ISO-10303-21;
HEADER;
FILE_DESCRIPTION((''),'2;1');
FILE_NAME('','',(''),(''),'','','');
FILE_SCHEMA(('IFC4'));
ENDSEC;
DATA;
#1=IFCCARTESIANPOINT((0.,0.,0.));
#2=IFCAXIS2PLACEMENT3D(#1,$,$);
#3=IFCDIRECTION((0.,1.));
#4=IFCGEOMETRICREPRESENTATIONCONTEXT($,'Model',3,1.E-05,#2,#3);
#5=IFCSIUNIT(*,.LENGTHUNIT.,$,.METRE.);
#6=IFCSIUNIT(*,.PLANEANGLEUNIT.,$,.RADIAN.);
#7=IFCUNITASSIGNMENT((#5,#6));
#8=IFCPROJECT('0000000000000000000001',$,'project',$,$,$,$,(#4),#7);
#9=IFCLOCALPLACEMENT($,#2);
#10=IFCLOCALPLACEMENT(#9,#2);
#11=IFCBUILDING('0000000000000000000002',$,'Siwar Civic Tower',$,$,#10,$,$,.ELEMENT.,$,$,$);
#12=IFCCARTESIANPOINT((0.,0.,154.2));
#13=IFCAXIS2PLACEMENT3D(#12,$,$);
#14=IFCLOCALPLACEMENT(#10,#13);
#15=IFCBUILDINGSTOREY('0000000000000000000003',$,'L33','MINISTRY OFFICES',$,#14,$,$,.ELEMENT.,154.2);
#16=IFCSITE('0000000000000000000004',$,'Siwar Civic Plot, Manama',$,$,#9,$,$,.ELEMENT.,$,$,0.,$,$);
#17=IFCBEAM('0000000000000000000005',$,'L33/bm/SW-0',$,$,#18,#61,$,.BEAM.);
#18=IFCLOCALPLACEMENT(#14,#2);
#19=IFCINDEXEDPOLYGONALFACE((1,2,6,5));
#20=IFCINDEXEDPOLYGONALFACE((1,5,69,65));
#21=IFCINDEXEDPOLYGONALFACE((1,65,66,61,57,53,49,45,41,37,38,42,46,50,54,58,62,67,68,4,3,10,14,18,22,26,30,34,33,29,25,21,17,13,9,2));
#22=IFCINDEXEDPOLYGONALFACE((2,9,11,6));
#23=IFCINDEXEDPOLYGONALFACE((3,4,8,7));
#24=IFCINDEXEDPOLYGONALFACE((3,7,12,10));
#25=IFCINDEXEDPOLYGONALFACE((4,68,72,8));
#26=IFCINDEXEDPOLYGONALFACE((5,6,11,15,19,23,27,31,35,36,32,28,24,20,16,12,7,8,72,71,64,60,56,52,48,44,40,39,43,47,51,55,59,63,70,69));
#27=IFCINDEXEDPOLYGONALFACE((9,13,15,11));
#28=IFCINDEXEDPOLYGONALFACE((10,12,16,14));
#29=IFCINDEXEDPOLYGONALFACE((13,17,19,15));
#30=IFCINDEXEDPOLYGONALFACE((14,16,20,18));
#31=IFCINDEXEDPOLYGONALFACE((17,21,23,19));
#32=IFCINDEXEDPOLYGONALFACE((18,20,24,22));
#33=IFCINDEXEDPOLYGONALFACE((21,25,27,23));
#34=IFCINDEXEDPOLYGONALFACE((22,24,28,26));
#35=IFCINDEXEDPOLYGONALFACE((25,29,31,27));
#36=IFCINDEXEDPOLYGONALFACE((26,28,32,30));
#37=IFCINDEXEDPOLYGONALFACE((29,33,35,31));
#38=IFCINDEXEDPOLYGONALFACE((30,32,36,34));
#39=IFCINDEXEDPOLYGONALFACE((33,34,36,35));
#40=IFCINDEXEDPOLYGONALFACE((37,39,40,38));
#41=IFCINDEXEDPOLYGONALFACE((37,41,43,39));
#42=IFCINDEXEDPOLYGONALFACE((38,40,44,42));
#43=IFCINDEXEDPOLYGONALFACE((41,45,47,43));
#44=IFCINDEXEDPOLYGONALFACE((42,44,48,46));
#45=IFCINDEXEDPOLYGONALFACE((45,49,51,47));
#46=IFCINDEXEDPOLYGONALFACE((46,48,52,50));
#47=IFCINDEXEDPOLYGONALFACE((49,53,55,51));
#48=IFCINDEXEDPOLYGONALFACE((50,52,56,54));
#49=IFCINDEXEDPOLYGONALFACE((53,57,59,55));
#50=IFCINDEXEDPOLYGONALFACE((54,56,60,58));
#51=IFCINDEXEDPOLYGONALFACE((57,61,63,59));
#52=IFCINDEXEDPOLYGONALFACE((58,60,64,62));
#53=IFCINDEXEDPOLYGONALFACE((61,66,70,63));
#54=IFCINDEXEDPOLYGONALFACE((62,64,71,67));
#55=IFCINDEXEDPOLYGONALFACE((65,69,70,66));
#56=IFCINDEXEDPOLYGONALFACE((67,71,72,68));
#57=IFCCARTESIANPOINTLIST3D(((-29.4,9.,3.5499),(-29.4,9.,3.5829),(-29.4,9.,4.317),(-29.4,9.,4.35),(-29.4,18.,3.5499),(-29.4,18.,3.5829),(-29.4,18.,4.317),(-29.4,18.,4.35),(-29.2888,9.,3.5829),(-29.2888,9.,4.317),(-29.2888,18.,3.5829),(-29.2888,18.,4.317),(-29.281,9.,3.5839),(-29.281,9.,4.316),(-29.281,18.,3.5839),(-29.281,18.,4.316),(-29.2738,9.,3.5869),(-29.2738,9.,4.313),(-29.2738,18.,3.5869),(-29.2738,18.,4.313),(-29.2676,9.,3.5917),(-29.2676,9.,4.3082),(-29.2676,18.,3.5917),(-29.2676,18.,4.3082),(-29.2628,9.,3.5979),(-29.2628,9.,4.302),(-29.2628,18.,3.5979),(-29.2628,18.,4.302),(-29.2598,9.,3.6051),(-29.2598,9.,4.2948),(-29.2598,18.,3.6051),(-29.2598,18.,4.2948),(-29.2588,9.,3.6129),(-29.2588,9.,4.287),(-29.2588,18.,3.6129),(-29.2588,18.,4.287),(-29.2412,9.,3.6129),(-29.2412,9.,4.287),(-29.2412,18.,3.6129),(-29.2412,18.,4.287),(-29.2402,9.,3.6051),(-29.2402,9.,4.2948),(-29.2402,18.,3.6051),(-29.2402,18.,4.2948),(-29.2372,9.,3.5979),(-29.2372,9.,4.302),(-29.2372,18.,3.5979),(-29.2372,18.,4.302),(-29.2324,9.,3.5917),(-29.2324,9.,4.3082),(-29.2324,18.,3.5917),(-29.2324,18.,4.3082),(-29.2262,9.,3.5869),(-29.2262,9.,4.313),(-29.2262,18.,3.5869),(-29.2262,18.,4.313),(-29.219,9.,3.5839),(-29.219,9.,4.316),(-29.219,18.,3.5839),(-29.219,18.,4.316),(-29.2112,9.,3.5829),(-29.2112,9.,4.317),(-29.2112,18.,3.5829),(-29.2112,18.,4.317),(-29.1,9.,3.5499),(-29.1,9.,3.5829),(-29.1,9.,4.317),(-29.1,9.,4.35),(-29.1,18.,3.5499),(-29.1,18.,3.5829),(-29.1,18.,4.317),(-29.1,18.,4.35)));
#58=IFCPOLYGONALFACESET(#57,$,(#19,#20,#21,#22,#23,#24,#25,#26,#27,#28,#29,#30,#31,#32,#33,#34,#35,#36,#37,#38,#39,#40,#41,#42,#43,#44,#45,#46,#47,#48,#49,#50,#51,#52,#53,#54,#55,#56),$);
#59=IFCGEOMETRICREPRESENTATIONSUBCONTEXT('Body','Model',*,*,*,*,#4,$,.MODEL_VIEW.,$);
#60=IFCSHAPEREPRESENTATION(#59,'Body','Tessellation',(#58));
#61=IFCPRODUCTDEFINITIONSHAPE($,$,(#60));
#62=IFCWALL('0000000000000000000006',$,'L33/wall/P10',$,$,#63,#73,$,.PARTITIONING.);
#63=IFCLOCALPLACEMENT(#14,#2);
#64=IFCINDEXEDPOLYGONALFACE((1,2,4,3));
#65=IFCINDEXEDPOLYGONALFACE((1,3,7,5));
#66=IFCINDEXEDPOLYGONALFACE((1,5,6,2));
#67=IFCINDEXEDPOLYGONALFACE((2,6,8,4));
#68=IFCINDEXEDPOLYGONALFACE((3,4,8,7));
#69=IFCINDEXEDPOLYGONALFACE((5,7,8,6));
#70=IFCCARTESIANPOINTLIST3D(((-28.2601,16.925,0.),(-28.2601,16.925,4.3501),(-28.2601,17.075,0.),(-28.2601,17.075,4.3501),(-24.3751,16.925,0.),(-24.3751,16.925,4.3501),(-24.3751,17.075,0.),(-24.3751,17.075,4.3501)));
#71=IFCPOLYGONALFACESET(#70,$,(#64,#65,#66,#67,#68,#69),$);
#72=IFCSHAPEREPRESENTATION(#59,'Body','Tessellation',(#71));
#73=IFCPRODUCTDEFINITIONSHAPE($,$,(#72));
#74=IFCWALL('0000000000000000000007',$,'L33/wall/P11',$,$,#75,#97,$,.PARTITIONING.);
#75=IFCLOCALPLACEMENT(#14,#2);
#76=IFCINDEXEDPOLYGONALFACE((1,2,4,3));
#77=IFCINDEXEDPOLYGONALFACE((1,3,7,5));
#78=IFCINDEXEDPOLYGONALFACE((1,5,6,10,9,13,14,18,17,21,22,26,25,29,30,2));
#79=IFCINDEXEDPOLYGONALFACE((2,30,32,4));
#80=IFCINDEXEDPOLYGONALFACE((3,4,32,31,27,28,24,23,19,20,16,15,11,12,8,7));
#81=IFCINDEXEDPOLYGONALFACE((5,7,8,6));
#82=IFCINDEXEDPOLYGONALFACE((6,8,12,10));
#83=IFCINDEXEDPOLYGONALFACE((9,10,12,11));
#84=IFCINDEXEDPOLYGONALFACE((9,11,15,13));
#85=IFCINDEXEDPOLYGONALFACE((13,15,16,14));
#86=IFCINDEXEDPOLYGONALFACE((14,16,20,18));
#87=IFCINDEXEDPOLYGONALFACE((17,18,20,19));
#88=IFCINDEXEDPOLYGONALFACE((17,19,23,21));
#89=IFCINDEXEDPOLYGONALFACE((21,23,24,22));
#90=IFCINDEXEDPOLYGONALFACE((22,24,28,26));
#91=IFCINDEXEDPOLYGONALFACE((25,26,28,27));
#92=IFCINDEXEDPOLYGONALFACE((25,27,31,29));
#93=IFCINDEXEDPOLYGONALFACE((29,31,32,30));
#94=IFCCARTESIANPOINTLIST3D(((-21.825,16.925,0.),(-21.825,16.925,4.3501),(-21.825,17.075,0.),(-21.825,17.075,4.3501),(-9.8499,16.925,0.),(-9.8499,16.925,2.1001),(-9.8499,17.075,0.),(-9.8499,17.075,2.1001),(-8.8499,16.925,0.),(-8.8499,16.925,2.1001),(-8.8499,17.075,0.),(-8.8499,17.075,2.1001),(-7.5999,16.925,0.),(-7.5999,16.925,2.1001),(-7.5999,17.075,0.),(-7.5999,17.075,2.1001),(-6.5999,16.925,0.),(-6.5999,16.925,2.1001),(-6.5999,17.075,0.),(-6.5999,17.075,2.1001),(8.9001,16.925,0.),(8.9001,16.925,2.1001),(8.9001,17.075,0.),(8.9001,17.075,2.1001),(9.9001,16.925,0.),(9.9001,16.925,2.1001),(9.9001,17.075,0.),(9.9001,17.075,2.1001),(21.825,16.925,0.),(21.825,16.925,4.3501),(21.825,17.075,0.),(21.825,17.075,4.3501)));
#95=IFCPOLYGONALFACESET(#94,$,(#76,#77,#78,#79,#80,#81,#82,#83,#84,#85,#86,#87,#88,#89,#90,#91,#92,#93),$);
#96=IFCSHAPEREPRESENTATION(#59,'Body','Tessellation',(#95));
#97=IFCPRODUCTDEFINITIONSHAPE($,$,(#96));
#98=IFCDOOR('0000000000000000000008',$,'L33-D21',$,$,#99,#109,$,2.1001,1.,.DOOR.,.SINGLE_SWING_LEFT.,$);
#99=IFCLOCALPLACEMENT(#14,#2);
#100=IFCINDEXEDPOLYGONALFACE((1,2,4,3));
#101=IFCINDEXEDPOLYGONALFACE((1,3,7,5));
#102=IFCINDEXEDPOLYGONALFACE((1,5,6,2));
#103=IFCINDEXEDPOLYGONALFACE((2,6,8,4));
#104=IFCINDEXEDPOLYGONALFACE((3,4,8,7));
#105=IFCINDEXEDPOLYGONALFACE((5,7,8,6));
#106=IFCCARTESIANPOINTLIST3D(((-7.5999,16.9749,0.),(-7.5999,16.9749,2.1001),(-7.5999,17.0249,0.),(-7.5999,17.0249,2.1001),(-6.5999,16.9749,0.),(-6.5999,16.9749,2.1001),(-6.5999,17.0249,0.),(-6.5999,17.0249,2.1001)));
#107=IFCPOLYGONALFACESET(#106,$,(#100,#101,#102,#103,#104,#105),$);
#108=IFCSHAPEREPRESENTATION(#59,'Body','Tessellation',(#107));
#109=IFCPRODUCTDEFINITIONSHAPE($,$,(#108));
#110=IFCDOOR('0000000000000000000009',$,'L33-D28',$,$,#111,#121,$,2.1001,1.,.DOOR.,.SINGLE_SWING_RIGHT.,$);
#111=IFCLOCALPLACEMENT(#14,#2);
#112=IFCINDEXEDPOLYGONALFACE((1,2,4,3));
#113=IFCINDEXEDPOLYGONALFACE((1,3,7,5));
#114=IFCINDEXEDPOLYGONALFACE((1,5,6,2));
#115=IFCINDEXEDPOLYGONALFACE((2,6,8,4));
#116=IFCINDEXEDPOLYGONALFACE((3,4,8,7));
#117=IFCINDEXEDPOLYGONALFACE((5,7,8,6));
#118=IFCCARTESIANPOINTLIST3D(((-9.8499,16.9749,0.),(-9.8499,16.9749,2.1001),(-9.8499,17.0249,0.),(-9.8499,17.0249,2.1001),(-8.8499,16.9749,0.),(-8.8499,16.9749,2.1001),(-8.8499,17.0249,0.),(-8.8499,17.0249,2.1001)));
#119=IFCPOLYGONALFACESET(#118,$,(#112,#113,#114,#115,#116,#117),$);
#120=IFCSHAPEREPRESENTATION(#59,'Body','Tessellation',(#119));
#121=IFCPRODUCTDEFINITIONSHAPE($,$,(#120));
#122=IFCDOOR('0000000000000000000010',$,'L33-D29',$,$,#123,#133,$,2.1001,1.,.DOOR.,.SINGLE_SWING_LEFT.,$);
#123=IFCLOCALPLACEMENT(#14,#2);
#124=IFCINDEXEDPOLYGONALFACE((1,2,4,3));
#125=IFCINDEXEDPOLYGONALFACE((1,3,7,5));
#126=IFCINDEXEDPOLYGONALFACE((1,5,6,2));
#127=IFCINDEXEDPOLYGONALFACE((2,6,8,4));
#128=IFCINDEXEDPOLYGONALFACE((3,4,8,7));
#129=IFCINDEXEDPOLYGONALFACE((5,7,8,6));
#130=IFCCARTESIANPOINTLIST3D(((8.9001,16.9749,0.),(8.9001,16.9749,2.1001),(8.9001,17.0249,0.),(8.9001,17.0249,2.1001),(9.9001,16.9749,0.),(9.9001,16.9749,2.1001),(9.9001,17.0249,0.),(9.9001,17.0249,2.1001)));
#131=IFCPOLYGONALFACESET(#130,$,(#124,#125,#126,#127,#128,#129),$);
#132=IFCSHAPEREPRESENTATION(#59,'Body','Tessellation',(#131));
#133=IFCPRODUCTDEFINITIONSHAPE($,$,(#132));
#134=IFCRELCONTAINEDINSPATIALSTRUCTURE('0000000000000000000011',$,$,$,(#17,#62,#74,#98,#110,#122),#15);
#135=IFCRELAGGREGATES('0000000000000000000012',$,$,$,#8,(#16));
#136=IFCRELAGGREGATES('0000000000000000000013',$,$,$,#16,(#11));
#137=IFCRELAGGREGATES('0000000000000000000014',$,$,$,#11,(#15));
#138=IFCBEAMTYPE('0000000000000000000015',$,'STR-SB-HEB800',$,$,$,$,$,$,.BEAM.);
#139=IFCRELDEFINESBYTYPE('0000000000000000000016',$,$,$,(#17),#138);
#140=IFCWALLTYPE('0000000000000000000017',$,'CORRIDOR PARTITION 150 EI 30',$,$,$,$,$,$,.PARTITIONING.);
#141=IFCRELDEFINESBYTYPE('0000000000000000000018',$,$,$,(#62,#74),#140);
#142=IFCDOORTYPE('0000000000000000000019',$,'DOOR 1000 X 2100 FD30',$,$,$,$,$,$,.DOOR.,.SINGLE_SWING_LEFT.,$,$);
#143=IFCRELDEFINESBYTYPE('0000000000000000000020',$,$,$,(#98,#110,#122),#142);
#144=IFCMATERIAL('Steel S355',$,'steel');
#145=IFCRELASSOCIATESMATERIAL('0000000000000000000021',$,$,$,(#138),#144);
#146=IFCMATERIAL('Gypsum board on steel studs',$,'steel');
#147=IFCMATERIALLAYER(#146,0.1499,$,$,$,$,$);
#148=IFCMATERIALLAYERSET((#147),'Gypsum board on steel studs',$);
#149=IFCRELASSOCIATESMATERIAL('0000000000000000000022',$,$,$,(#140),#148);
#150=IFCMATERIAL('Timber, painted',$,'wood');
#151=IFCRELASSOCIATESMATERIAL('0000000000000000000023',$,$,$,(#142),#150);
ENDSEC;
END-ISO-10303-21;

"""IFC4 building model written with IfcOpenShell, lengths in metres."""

from ifc_helpers import new_model, si_unit, direction, frame, frame_2d, origin, origin_2d, place, context, subcontext, project, spatial, rectangle, i_section, extrude, material, layer, layer_set, material_profile, profile_set, type_object, element, fill, save


model = new_model("IFC4")

# Units and contexts
model_context = context("Model", 3, precision=1e-05, world=origin(), true_north=direction((0.0, 1.0)))
body_context = subcontext(model_context, "Body", "Model", "MODEL_VIEW")
ifc_project = project(units=[si_unit("LENGTHUNIT", "METRE"), si_unit("PLANEANGLEUNIT", "RADIAN")], contexts=[model_context])

# Site, building, storey
site_placement = place(None, origin())
site = spatial("IfcSite", under=ifc_project, at=site_placement, Name="Siwar Civic Plot, Manama", CompositionType="ELEMENT", RefElevation=0.0)
building_placement = place(site_placement, origin())
building = spatial("IfcBuilding", under=site, at=building_placement, Name="Siwar Civic Tower", CompositionType="ELEMENT")
storey_placement = place(building_placement, frame((0.0, 0.0, 154.2)))
storey = spatial("IfcBuildingStorey", under=building, at=storey_placement, Name="L33", Description="MINISTRY OFFICES", CompositionType="ELEMENT", Elevation=154.2)

# Beam
ifc_material_1 = material(Name="Steel S355", Category="steel")
ifc_material_profile_1 = material_profile(ifc_material_1, i_section(OverallWidth=0.3, OverallDepth=0.8, WebThickness=0.0176, FlangeThickness=0.033, FilletRadius=0.03, at=origin_2d()), Name="HEB800")
ifc_profile_set_1 = profile_set([ifc_material_profile_1], Name="Steel S355")
beam_type_1 = type_object("IfcBeamType", Name="STR-SB-HEB800", PredefinedType="BEAM", material=ifc_profile_set_1)
beam_1_placement = place(storey_placement, frame((-29.25, 18.0, 3.95), z_axis=(0.0, -1.0, 0.0), x_axis=(1.0, 0.0, 0.0)))
element("IfcBeam", 1, at=beam_1_placement, inside=storey, type_object=beam_type_1, Name="L33/bm/SW-0", PredefinedType="BEAM", context=body_context, shape_type="SweptSolid", body=[
    extrude(i_section(OverallWidth=0.3, OverallDepth=0.8, WebThickness=0.0176, FlangeThickness=0.033, FilletRadius=0.03, at=origin_2d()), origin(), (0.0, 0.0, 1.0), 9.0),
])

# Wall
ifc_material_2 = material(Name="Gypsum board on steel studs", Category="steel")
ifc_layer_1 = layer(ifc_material_2, 0.1499)
ifc_layer_set_1 = layer_set([ifc_layer_1], Name="Gypsum board on steel studs")
wall_type_1 = type_object("IfcWallType", Name="CORRIDOR PARTITION 150 EI 30", PredefinedType="PARTITIONING", material=ifc_layer_set_1)
wall_1_placement = place(storey_placement, frame((-28.26, 17.0, 0.0), z_axis=(0.0, 0.0, 1.0), x_axis=(1.0, 0.0, 0.0)))
element("IfcWall", 2, at=wall_1_placement, inside=storey, type_object=wall_type_1, Name="L33/wall/P10", PredefinedType="PARTITIONING", context=body_context, shape_type="SweptSolid", body=[
    extrude(rectangle(XDim=3.885, YDim=0.1499, at=frame_2d((1.9424, 0.0))), origin(), (0.0, 0.0, 1.0), 4.3501),
])

# Wall, openings, doors
wall_2_placement = place(storey_placement, frame((-21.825, 17.0, 0.0), z_axis=(0.0, 0.0, 1.0), x_axis=(1.0, 0.0, 0.0)))
wall_2 = element("IfcWall", 3, at=wall_2_placement, inside=storey, type_object=wall_type_1, Name="L33/wall/P11", PredefinedType="PARTITIONING", context=body_context, shape_type="SweptSolid", body=[
    extrude(rectangle(XDim=43.6499, YDim=0.1499, at=frame_2d((21.825, 0.0))), origin(), (0.0, 0.0, 1.0), 4.3501),
])
opening_1_placement = place(wall_2_placement, frame((14.2251, 0.0, 0.0)))
opening_1 = element("IfcOpeningElement", 4, at=opening_1_placement, cuts=wall_2, PredefinedType="OPENING", context=body_context, shape_type="SweptSolid", body=[
    extrude(rectangle(XDim=1.0, YDim=2.1001, at=frame_2d((0.5, 1.05))), frame((0.0, 0.085, 0.0), z_axis=(0.0, -1.0, 0.0), x_axis=(1.0, 0.0, 0.0)), (0.0, 0.0, 1.0), 0.1699),
])
opening_2_placement = place(wall_2_placement, frame((11.9751, 0.0, 0.0)))
opening_2 = element("IfcOpeningElement", 5, at=opening_2_placement, cuts=wall_2, PredefinedType="OPENING", context=body_context, shape_type="SweptSolid", body=[
    extrude(rectangle(XDim=1.0, YDim=2.1001, at=frame_2d((0.5, 1.05))), frame((0.0, 0.085, 0.0), z_axis=(0.0, -1.0, 0.0), x_axis=(1.0, 0.0, 0.0)), (0.0, 0.0, 1.0), 0.1699),
])
opening_3_placement = place(wall_2_placement, frame((30.7251, 0.0, 0.0)))
opening_3 = element("IfcOpeningElement", 6, at=opening_3_placement, cuts=wall_2, PredefinedType="OPENING", context=body_context, shape_type="SweptSolid", body=[
    extrude(rectangle(XDim=1.0, YDim=2.1001, at=frame_2d((0.5, 1.05))), frame((0.0, 0.085, 0.0), z_axis=(0.0, -1.0, 0.0), x_axis=(1.0, 0.0, 0.0)), (0.0, 0.0, 1.0), 0.1699),
])
ifc_material_3 = material(Name="Timber, painted", Category="wood")
door_type = type_object("IfcDoorType", Name="DOOR 1000 X 2100 FD30", OperationType="SINGLE_SWING_LEFT", PredefinedType="DOOR", material=ifc_material_3)
door_1_placement = place(opening_1_placement, origin())
door_1 = element("IfcDoor", 7, at=door_1_placement, inside=storey, type_object=door_type, Name="L33-D21", OperationType="SINGLE_SWING_LEFT", OverallHeight=2.1001, OverallWidth=1.0, PredefinedType="DOOR", context=body_context, shape_type="SweptSolid", body=[
    extrude(rectangle(XDim=1.0, YDim=2.1001, at=frame_2d((0.5, 1.05))), frame((0.0, 0.0249, 0.0), z_axis=(0.0, -1.0, 0.0), x_axis=(1.0, 0.0, 0.0)), (0.0, 0.0, 1.0), 0.05),
])
fill(opening_1, door_1)
door_2_placement = place(opening_2_placement, origin())
door_2 = element("IfcDoor", 8, at=door_2_placement, inside=storey, type_object=door_type, Name="L33-D28", OperationType="SINGLE_SWING_RIGHT", OverallHeight=2.1001, OverallWidth=1.0, PredefinedType="DOOR", context=body_context, shape_type="SweptSolid", body=[
    extrude(rectangle(XDim=1.0, YDim=2.1001, at=frame_2d((0.5, 1.05))), frame((0.0, 0.0249, 0.0), z_axis=(0.0, -1.0, 0.0), x_axis=(1.0, 0.0, 0.0)), (0.0, 0.0, 1.0), 0.05),
])
fill(opening_2, door_2)
door_3_placement = place(opening_3_placement, origin())
door_3 = element("IfcDoor", 9, at=door_3_placement, inside=storey, type_object=door_type, Name="L33-D29", OperationType="SINGLE_SWING_LEFT", OverallHeight=2.1001, OverallWidth=1.0, PredefinedType="DOOR", context=body_context, shape_type="SweptSolid", body=[
    extrude(rectangle(XDim=1.0, YDim=2.1001, at=frame_2d((0.5, 1.05))), frame((0.0, 0.0249, 0.0), z_axis=(0.0, -1.0, 0.0), x_axis=(1.0, 0.0, 0.0)), (0.0, 0.0, 1.0), 0.05),
])
fill(opening_3, door_3)

save(model, "model.ifc")
